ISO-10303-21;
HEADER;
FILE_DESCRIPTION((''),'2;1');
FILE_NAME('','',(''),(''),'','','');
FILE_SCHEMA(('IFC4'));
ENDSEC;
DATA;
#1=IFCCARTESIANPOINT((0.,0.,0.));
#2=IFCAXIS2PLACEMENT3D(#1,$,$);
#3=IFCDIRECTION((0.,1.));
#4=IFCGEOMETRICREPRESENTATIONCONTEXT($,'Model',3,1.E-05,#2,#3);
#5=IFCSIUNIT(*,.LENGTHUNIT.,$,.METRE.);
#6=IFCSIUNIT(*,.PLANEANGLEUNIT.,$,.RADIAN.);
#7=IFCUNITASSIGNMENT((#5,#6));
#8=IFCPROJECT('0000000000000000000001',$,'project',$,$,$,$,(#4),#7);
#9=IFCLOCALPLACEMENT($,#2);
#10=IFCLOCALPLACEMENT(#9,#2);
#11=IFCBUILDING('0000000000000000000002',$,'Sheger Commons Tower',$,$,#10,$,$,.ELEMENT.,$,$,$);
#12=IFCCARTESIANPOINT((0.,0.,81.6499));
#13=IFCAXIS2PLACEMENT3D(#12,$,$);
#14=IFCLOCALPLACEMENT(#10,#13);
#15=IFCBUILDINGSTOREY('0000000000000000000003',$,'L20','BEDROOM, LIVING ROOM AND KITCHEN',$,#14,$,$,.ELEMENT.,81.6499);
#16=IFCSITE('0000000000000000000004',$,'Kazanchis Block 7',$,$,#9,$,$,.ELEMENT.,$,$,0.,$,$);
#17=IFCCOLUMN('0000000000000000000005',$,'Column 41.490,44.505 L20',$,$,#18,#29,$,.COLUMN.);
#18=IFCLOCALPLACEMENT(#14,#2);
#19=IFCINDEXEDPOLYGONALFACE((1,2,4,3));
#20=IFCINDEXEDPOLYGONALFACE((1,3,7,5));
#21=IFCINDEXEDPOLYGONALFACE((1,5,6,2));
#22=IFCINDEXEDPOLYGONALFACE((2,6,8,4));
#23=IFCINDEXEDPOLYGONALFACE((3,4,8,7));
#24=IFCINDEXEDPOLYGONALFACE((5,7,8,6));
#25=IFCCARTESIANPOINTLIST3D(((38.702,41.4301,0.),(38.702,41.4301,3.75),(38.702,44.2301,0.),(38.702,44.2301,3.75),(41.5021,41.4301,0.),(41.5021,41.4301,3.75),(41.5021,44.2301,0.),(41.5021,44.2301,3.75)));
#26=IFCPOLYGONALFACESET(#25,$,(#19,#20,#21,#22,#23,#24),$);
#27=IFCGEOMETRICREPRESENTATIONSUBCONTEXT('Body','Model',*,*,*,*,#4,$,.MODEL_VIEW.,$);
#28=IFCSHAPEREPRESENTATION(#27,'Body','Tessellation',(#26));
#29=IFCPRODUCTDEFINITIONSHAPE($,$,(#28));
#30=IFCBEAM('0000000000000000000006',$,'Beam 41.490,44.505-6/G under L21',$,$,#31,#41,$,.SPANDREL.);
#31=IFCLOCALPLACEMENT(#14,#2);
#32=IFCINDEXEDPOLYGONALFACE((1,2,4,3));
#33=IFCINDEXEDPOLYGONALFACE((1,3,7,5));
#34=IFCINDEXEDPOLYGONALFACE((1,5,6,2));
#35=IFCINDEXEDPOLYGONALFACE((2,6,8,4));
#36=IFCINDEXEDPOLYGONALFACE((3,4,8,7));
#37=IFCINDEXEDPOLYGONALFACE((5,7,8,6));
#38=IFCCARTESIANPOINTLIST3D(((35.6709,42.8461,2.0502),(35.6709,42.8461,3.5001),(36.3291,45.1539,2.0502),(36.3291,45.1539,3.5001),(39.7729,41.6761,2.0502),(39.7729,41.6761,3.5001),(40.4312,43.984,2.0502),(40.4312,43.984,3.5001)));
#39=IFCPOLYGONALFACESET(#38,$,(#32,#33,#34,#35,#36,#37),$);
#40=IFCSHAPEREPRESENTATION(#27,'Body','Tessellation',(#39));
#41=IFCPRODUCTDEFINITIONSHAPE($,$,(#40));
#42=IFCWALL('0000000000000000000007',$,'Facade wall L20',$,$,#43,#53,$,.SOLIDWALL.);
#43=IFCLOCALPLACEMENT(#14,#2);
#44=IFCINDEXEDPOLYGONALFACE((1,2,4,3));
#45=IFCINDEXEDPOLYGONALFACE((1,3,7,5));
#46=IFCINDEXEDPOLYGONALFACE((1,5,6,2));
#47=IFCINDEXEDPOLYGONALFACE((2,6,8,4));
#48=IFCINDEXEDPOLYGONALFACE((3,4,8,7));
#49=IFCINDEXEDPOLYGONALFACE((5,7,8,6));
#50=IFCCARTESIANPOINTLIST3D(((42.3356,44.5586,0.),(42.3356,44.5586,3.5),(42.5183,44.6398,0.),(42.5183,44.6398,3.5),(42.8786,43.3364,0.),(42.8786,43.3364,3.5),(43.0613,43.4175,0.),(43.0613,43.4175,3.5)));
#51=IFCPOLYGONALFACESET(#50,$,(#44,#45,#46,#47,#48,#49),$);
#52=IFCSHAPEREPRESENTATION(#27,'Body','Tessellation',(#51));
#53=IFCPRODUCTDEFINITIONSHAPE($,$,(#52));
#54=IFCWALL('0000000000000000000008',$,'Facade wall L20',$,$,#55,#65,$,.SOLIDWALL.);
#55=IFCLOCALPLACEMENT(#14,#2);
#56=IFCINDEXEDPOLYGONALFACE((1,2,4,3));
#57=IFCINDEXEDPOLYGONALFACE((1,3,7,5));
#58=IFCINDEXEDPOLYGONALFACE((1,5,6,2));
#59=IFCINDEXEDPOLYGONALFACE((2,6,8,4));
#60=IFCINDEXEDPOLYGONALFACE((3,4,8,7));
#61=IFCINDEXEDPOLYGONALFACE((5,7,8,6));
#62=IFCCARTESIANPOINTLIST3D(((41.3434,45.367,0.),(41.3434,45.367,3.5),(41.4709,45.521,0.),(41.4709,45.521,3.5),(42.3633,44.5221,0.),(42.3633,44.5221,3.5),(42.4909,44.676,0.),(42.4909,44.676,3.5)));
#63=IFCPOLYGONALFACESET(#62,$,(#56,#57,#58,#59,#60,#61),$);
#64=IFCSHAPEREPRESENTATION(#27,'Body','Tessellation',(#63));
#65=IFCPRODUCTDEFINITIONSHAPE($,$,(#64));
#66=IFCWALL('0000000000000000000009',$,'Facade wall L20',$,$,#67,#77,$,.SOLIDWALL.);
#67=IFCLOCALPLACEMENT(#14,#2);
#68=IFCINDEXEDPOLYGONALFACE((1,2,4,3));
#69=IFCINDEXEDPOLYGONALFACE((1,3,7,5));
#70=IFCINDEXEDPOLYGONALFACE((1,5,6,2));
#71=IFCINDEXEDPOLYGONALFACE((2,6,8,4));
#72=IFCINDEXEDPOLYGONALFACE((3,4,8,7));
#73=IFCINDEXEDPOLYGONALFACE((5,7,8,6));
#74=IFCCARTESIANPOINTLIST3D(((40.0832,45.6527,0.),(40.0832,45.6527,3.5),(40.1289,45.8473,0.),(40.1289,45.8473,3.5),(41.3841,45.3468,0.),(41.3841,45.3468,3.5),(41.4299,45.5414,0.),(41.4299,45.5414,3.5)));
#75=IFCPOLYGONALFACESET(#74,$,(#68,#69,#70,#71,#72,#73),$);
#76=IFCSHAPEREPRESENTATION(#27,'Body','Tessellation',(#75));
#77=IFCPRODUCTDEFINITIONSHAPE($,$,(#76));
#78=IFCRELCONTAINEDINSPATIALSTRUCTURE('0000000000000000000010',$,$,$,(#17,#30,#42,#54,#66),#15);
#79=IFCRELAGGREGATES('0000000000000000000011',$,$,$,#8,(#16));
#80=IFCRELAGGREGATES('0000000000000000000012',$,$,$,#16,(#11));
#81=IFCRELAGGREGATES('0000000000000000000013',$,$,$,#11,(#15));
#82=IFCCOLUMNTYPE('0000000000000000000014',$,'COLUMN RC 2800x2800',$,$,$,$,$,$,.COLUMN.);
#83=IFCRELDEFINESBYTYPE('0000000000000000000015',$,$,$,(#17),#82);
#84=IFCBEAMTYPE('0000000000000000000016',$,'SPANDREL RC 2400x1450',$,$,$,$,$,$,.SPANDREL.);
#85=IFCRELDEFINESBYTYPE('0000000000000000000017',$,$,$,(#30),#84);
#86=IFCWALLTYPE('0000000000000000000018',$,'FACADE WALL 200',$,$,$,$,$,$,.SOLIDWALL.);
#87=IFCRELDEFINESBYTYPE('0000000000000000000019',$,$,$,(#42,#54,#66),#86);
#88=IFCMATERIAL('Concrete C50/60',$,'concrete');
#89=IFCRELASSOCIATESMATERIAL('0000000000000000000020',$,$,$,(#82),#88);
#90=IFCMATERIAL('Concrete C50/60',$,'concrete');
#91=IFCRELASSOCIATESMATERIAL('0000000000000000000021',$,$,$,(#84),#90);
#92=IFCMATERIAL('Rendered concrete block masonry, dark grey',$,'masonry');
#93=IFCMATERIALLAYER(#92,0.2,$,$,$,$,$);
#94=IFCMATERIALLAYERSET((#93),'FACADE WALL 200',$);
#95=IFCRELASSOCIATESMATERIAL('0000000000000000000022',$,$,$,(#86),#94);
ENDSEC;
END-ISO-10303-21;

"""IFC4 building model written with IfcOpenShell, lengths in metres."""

from ifc_helpers import new_model, si_unit, direction, frame, frame_2d, origin, origin_2d, place, context, subcontext, project, spatial, rectangle, extrude, material, layer, layer_set, material_profile, profile_set, type_object, element, save


model = new_model("IFC4")

# Units and contexts
model_context = context("Model", 3, precision=1e-05, world=origin(), true_north=direction((0.0, 1.0)))
body_context = subcontext(model_context, "Body", "Model", "MODEL_VIEW")
ifc_project = project(units=[si_unit("LENGTHUNIT", "METRE"), si_unit("PLANEANGLEUNIT", "RADIAN")], contexts=[model_context])

# Site, building, storey
site_placement = place(None, origin())
site = spatial("IfcSite", under=ifc_project, at=site_placement, Name="Kazanchis Block 7", CompositionType="ELEMENT", RefElevation=0.0)
building_placement = place(site_placement, origin())
building = spatial("IfcBuilding", under=site, at=building_placement, Name="Sheger Commons Tower", CompositionType="ELEMENT")
storey_placement = place(building_placement, frame((0.0, 0.0, 81.6499)))
storey = spatial("IfcBuildingStorey", under=building, at=storey_placement, Name="L20", Description="BEDROOM, LIVING ROOM AND KITCHEN", CompositionType="ELEMENT", Elevation=81.6499)

# Column
ifc_material_1 = material(Name="Concrete C50/60", Category="concrete")
ifc_material_profile_1 = material_profile(ifc_material_1, rectangle(XDim=2.8, YDim=2.8, at=origin_2d()), Name="RC 2800x2800")
ifc_profile_set_1 = profile_set([ifc_material_profile_1], Name="Concrete C50/60")
column_type = type_object("IfcColumnType", Name="COLUMN RC 2800x2800", PredefinedType="COLUMN", material=ifc_profile_set_1)
column_placement = place(storey_placement, frame((40.1021, 42.8301, 0.0), z_axis=(0.0, 0.0, 1.0), x_axis=(1.0, 0.0, 0.0)))
element("IfcColumn", 1, at=column_placement, inside=storey, type_object=column_type, Name="Column 41.490,44.505 L20", PredefinedType="COLUMN", context=body_context, shape_type="SweptSolid", body=[
    extrude(rectangle(XDim=2.8, YDim=2.8, at=origin_2d()), origin(), (0.0, 0.0, 1.0), 3.75),
])

# Beam
ifc_material_2 = material(Name="Concrete C50/60", Category="concrete")
ifc_material_profile_2 = material_profile(ifc_material_2, rectangle(XDim=2.3999, YDim=1.45, at=origin_2d()), Name="RC 2400x1450")
ifc_profile_set_2 = profile_set([ifc_material_profile_2], Name="Concrete C50/60")
beam_type = type_object("IfcBeamType", Name="SPANDREL RC 2400x1450", PredefinedType="SPANDREL", material=ifc_profile_set_2)
beam_placement = place(storey_placement, frame((40.1021, 42.8301, 2.7751), z_axis=(-0.961653, 0.274268, 0.0), x_axis=(-0.274268, -0.961653, 0.0)))
element("IfcBeam", 2, at=beam_placement, inside=storey, type_object=beam_type, Name="Beam 41.490,44.505-6/G under L21", PredefinedType="SPANDREL", context=body_context, shape_type="SweptSolid", body=[
    extrude(rectangle(XDim=2.3999, YDim=1.45, at=origin_2d()), origin(), (0.0, 0.0, 1.0), 4.2656),
])

# Walls
ifc_material_3 = material(Name="Rendered concrete block masonry, dark grey", Category="masonry")
ifc_layer_1 = layer(ifc_material_3, 0.2)
ifc_layer_set_1 = layer_set([ifc_layer_1], Name="FACADE WALL 200")
wall_type_1 = type_object("IfcWallType", Name="FACADE WALL 200", PredefinedType="SOLIDWALL", material=ifc_layer_set_1)
wall_1_placement = place(storey_placement, frame((42.97, 43.377, 0.0), z_axis=(0.0, 0.0, 1.0), x_axis=(-0.406003, 0.913872, 0.0)))
element("IfcWall", 3, at=wall_1_placement, inside=storey, type_object=wall_type_1, Name="Facade wall L20", PredefinedType="SOLIDWALL", context=body_context, shape_type="SweptSolid", body=[
    extrude(rectangle(XDim=1.3374, YDim=0.2, at=frame_2d((0.6687, 0.0))), origin(), (0.0, 0.0, 1.0), 3.5),
])
wall_2_placement = place(storey_placement, frame((42.427, 44.5991, 0.0), z_axis=(0.0, 0.0, 1.0), x_axis=(-0.770091, 0.637934, 0.0)))
element("IfcWall", 4, at=wall_2_placement, inside=storey, type_object=wall_type_1, Name="Facade wall L20", PredefinedType="SOLIDWALL", context=body_context, shape_type="SweptSolid", body=[
    extrude(rectangle(XDim=1.3245, YDim=0.2, at=frame_2d((0.6621, 0.0))), origin(), (0.0, 0.0, 1.0), 3.5),
])
wall_3_placement = place(storey_placement, frame((41.407, 45.4441, 0.0), z_axis=(0.0, 0.0, 1.0), x_axis=(-0.973453, 0.228887, 0.0)))
element("IfcWall", 5, at=wall_3_placement, inside=storey, type_object=wall_type_1, Name="Facade wall L20", PredefinedType="SOLIDWALL", context=body_context, shape_type="SweptSolid", body=[
    extrude(rectangle(XDim=1.3364, YDim=0.2, at=frame_2d((0.6682, 0.0))), origin(), (0.0, 0.0, 1.0), 3.5),
])

save(model, "model.ifc")
